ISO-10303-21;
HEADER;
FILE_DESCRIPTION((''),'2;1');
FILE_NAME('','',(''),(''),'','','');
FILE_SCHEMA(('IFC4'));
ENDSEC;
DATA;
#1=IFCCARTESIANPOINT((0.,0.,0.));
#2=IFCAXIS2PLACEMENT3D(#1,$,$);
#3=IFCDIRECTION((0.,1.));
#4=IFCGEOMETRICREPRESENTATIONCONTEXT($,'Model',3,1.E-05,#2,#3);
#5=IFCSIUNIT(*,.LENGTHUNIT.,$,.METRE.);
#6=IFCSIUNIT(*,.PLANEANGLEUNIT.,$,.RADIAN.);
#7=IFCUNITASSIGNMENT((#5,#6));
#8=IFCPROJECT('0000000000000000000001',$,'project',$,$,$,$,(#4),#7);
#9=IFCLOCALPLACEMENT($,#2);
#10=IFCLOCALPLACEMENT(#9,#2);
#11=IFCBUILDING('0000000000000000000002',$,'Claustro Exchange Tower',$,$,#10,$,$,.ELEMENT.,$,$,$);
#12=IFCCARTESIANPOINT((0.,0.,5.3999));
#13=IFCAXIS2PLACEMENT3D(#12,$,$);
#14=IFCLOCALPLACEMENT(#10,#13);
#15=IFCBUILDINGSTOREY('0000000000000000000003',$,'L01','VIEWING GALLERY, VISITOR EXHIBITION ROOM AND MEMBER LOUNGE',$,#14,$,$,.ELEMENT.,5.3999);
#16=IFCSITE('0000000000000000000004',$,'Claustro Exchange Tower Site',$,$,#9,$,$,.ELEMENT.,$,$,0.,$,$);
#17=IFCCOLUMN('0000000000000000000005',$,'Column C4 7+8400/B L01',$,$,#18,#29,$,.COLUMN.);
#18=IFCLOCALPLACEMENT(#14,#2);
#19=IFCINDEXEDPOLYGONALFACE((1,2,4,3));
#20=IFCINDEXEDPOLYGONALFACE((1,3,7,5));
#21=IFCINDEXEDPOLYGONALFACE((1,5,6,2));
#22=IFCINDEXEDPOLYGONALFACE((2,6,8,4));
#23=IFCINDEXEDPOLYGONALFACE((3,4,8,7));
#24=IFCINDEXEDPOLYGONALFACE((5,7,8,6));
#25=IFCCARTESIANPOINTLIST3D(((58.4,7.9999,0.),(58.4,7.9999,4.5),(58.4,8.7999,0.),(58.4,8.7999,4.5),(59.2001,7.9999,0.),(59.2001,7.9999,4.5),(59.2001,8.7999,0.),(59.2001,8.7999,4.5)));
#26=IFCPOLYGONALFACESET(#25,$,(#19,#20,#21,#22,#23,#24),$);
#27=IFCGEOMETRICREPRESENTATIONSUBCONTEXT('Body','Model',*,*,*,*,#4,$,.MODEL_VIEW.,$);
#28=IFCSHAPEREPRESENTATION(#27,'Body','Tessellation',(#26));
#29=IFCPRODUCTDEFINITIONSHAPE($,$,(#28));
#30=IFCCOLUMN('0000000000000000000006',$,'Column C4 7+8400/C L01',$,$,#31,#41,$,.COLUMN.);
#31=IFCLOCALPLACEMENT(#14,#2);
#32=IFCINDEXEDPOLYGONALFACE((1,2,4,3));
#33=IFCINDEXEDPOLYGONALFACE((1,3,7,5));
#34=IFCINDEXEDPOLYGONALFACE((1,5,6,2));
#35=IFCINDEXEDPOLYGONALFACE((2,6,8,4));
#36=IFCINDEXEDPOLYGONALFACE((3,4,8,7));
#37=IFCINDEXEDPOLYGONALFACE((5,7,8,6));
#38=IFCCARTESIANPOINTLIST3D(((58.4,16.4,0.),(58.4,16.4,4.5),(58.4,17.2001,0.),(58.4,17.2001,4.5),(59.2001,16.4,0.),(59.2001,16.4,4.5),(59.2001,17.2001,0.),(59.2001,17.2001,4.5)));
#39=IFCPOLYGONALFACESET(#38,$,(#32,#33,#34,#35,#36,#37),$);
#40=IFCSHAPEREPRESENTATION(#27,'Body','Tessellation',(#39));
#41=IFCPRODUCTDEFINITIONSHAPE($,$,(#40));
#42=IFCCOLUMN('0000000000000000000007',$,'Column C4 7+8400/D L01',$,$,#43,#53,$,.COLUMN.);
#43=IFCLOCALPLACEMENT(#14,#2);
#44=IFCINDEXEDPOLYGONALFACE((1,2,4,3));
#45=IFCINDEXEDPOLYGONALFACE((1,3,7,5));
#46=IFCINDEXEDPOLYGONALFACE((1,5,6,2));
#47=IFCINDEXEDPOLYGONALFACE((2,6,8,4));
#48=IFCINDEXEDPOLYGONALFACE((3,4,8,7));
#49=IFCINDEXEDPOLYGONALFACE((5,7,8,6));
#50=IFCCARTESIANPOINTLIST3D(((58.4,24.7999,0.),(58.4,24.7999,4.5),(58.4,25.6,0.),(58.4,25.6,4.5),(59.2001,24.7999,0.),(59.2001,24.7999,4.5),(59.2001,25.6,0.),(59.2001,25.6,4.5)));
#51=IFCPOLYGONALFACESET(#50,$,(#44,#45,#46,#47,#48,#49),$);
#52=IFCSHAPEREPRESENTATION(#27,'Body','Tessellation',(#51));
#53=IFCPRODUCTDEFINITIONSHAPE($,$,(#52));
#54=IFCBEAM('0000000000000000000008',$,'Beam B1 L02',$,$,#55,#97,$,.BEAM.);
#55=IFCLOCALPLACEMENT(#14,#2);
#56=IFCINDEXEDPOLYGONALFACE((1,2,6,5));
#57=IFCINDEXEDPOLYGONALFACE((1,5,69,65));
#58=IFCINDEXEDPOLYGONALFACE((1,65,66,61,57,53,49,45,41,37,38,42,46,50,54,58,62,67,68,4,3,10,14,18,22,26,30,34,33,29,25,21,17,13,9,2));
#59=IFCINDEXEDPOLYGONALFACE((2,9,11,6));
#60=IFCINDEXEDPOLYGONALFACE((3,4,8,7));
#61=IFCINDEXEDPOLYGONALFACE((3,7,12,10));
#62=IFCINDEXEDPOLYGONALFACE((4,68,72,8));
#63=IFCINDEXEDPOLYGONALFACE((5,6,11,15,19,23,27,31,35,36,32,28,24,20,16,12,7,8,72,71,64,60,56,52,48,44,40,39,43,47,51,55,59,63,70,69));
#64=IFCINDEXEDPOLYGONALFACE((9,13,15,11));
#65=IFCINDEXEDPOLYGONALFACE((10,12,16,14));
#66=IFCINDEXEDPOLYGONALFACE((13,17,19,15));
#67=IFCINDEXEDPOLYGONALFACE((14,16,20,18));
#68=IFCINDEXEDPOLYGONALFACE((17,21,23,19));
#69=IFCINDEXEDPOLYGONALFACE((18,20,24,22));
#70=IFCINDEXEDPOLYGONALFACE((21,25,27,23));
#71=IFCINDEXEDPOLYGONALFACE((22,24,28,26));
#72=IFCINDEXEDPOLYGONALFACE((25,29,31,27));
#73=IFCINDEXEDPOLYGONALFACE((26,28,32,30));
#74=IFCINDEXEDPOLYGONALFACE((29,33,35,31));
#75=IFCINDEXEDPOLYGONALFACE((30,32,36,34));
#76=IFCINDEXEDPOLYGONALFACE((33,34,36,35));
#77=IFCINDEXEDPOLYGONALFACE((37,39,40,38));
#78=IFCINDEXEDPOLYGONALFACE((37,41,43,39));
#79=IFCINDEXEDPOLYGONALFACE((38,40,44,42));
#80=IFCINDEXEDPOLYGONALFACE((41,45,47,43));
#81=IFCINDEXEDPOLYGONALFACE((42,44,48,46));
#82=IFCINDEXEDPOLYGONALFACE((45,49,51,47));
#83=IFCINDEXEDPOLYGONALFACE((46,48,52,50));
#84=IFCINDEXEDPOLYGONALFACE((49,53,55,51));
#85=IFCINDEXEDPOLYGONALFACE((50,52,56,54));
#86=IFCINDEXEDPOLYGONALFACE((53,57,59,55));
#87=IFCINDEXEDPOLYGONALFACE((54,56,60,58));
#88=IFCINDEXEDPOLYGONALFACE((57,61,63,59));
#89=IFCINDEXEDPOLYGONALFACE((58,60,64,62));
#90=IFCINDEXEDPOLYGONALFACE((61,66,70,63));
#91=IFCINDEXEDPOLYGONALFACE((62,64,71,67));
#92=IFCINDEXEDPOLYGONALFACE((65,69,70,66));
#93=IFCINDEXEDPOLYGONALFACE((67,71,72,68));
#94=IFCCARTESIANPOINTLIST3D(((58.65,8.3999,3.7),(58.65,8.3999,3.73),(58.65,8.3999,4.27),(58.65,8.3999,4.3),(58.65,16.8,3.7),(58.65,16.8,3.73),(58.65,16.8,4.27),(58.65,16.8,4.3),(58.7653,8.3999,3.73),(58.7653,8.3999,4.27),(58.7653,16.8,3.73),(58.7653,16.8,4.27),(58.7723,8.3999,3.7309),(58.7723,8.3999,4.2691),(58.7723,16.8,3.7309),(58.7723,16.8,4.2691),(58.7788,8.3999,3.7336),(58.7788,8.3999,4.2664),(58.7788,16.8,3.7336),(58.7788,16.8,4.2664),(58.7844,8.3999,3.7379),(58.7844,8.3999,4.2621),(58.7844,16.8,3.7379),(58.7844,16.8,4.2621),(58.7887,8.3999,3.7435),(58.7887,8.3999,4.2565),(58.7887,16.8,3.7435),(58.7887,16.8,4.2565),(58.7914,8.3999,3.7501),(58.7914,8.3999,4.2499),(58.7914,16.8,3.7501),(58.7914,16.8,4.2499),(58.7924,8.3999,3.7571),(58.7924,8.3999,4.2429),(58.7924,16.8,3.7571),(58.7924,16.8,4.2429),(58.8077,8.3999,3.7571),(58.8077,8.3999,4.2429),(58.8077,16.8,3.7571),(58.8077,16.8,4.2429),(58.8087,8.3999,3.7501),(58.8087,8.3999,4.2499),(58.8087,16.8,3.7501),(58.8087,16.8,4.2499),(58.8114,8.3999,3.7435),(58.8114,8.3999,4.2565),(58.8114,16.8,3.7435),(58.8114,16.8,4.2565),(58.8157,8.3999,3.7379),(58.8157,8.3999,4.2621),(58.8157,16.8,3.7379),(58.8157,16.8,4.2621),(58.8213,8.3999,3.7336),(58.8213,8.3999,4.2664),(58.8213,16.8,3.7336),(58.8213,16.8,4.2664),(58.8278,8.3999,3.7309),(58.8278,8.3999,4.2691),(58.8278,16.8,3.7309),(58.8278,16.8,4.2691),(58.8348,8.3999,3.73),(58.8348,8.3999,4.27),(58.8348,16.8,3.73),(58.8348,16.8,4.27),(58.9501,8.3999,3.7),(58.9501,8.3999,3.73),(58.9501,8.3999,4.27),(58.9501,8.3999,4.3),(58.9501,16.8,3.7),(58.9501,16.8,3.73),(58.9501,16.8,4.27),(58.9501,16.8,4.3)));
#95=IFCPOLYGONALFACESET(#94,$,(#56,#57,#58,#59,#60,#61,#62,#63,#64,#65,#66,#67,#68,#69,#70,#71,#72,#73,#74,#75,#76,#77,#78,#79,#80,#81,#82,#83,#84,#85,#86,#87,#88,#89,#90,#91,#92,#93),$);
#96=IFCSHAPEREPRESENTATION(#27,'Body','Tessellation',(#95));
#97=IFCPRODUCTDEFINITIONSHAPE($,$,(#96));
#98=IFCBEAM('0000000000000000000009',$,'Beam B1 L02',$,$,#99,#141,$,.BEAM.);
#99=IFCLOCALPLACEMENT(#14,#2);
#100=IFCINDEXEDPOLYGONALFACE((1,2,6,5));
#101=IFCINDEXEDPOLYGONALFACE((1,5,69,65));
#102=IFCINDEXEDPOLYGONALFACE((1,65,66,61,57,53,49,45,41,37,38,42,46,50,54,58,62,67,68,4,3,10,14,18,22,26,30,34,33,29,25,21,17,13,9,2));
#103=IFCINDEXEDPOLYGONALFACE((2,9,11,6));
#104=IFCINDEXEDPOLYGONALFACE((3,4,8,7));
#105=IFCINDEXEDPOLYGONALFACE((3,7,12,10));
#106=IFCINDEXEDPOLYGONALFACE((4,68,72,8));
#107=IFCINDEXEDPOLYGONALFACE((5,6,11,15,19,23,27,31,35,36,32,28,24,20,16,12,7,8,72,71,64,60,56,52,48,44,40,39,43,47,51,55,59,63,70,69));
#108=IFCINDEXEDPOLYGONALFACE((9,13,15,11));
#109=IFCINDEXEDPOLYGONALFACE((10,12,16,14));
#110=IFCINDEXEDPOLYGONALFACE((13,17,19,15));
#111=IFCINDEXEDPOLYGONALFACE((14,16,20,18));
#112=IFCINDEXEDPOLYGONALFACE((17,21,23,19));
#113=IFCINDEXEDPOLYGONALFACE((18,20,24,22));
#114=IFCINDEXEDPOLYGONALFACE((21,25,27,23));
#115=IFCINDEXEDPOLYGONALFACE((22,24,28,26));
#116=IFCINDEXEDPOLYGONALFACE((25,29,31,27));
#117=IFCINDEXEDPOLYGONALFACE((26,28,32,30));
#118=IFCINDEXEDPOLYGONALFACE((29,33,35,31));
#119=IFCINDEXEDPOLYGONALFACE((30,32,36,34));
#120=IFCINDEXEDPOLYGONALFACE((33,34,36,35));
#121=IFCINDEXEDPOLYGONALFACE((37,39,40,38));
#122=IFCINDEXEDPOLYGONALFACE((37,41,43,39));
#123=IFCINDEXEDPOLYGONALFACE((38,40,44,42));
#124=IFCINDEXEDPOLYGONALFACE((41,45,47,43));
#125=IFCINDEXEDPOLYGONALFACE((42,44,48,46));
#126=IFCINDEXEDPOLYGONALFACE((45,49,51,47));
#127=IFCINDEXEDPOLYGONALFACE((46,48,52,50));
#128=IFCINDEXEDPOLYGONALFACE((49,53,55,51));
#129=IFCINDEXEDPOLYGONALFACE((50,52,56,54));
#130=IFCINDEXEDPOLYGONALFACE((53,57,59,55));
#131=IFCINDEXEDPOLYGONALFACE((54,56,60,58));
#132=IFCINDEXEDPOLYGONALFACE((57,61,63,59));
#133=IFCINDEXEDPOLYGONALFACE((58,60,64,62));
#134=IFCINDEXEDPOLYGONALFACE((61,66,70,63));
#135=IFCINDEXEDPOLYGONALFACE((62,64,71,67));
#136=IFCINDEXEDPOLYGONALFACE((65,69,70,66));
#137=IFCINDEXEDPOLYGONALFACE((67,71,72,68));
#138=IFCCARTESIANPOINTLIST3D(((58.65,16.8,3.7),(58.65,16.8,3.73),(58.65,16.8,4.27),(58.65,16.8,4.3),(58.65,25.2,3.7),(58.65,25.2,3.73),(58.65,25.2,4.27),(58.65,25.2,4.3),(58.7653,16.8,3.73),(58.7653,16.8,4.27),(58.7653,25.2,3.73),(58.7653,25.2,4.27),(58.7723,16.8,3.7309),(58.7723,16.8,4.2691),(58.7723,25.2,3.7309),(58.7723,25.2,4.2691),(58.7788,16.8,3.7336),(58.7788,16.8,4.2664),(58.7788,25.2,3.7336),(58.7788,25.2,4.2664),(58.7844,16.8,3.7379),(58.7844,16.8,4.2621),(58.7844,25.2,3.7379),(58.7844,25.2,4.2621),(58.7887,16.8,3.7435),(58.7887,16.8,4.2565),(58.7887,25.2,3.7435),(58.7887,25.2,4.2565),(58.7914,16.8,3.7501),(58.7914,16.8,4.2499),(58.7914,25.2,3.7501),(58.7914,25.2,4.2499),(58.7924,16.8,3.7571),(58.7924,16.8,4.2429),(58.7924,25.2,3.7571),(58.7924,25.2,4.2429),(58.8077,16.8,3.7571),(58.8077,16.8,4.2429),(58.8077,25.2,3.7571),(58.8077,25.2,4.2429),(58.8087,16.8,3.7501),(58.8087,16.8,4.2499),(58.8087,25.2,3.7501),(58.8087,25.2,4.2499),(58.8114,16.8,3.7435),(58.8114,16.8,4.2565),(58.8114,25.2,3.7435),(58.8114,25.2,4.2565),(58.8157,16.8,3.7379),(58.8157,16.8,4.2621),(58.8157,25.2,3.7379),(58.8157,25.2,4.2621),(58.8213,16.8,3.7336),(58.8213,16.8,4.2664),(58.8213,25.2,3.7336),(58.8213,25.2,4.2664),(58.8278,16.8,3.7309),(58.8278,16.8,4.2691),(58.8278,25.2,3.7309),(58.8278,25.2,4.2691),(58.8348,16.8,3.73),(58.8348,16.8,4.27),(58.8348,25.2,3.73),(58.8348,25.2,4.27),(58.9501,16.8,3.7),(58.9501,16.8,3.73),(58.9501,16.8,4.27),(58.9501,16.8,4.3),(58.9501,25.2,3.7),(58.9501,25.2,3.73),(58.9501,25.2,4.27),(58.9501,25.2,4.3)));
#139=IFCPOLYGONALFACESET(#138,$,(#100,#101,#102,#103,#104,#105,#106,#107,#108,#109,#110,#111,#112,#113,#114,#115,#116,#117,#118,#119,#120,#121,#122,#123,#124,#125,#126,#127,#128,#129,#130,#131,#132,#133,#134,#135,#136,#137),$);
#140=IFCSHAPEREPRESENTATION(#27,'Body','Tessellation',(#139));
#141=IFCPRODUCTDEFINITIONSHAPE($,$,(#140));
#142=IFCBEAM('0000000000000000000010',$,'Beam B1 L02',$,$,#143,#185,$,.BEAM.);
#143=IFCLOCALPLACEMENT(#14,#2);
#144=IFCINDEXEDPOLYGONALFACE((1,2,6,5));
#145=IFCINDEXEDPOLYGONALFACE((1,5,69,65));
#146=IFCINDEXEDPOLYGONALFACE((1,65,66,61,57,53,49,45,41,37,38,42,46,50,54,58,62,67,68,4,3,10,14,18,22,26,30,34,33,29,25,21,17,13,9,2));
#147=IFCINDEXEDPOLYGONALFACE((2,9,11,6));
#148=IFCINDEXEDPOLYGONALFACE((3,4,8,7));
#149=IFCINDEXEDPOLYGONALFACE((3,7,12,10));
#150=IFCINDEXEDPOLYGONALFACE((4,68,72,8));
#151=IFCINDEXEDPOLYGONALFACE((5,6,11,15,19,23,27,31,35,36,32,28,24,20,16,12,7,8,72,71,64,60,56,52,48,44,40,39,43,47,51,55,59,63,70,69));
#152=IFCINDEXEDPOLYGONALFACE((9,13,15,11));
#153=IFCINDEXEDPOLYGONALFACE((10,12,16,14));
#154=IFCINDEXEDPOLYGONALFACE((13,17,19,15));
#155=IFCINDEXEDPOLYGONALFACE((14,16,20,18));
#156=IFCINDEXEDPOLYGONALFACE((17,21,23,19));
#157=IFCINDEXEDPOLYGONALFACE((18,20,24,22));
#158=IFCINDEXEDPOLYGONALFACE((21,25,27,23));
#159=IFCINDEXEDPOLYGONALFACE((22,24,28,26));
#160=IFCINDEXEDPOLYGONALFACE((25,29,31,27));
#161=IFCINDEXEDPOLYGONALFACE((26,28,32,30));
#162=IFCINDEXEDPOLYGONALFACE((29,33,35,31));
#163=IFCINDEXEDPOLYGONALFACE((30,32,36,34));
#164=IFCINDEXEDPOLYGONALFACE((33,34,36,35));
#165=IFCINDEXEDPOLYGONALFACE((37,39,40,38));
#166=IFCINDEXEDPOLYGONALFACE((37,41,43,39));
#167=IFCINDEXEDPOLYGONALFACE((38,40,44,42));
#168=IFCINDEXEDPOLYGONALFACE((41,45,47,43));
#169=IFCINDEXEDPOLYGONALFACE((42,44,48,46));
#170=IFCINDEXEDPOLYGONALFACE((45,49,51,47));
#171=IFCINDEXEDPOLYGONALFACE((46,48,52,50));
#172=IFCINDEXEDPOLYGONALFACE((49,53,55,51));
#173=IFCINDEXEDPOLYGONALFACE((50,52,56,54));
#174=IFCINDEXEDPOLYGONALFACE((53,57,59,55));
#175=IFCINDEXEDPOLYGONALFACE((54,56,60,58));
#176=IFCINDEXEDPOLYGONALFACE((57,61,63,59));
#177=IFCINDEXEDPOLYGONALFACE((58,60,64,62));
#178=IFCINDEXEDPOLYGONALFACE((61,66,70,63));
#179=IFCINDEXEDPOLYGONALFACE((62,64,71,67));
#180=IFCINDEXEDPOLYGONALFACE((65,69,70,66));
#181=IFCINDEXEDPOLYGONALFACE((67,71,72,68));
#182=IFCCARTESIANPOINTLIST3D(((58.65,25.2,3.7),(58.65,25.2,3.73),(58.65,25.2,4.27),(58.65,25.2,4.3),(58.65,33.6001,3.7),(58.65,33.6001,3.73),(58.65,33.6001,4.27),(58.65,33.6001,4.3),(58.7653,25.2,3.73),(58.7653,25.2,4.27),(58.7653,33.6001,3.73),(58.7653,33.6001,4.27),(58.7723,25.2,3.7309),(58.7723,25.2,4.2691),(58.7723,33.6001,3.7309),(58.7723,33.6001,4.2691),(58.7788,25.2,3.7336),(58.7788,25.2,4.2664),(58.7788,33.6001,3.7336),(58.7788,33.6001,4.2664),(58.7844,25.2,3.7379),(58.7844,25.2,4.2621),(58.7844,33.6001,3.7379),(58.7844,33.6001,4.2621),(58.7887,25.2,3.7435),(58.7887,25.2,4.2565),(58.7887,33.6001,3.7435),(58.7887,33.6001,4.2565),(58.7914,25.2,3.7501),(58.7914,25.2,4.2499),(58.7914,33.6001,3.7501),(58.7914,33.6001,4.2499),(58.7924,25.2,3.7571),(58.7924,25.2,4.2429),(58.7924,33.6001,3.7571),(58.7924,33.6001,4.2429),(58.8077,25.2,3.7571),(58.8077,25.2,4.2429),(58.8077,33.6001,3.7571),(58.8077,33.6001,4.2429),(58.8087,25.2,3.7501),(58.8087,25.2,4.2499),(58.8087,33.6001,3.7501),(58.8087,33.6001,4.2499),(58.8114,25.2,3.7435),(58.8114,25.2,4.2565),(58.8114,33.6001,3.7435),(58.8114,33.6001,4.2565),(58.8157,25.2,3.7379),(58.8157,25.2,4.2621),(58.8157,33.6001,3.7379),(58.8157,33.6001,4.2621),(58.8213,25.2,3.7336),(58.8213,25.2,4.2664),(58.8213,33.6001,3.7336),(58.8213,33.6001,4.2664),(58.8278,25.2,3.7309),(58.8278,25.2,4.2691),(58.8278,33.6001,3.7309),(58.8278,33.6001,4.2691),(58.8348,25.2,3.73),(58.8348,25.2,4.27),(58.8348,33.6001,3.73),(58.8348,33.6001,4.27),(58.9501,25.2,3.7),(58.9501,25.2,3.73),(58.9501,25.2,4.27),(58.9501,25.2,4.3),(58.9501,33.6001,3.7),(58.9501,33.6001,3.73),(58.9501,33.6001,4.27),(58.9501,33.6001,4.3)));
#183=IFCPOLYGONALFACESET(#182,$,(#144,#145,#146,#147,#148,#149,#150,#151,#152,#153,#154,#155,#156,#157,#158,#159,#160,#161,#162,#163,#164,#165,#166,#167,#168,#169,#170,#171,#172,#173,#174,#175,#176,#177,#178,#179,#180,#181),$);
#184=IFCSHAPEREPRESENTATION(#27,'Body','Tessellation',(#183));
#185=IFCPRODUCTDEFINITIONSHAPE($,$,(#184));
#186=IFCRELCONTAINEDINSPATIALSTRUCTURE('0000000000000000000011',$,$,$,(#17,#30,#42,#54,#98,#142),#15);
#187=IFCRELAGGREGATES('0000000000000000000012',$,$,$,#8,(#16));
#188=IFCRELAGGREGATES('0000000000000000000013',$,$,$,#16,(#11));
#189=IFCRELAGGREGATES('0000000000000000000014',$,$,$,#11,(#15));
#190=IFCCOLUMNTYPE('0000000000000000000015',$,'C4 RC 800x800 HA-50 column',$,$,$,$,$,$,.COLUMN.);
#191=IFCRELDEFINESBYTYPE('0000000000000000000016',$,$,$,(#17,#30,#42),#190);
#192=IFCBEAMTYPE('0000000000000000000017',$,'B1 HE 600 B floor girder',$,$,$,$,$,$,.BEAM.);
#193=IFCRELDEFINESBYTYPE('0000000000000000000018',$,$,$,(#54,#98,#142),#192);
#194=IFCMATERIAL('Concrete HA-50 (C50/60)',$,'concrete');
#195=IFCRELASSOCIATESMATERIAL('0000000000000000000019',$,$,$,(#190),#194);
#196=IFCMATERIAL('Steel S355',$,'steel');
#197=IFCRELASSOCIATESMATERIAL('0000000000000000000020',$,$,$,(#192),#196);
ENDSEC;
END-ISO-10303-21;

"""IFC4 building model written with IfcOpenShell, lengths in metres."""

from ifc_helpers import new_model, si_unit, direction, frame, origin, origin_2d, place, context, subcontext, project, spatial, rectangle, i_section, extrude, material, material_profile, profile_set, type_object, element, save


model = new_model("IFC4")

# Units and contexts
model_context = context("Model", 3, precision=1e-05, world=origin(), true_north=direction((0.0, 1.0)))
body_context = subcontext(model_context, "Body", "Model", "MODEL_VIEW")
ifc_project = project(units=[si_unit("LENGTHUNIT", "METRE"), si_unit("PLANEANGLEUNIT", "RADIAN")], contexts=[model_context])

# Site, building, storey
site_placement = place(None, origin())
site = spatial("IfcSite", under=ifc_project, at=site_placement, Name="Claustro Exchange Tower Site", CompositionType="ELEMENT", RefElevation=0.0)
building_placement = place(site_placement, origin())
building = spatial("IfcBuilding", under=site, at=building_placement, Name="Claustro Exchange Tower", CompositionType="ELEMENT")
storey_placement = place(building_placement, frame((0.0, 0.0, 5.3999)))
storey = spatial("IfcBuildingStorey", under=building, at=storey_placement, Name="L01", Description="VIEWING GALLERY, VISITOR EXHIBITION ROOM AND MEMBER LOUNGE", CompositionType="ELEMENT", Elevation=5.3999)

# Columns
ifc_material_1 = material(Name="Concrete HA-50 (C50/60)", Category="concrete")
ifc_material_profile_1 = material_profile(ifc_material_1, rectangle(XDim=0.8, YDim=0.8, at=origin_2d()), Name="RC 800x800")
ifc_profile_set_1 = profile_set([ifc_material_profile_1], Name="Concrete HA-50 (C50/60)")
column_type = type_object("IfcColumnType", Name="C4 RC 800x800 HA-50 column", PredefinedType="COLUMN", material=ifc_profile_set_1)
for number, where, z_axis, x_axis, name in (
    (1, (58.8, 8.3999, 0.0), (0.0, 0.0, 1.0), (1.0, 0.0, 0.0), "Column C4 7+8400/B L01"),
    (2, (58.8, 16.8, 0.0), (0.0, 0.0, 1.0), (1.0, 0.0, 0.0), "Column C4 7+8400/C L01"),
    (3, (58.8, 25.2, 0.0), (0.0, 0.0, 1.0), (1.0, 0.0, 0.0), "Column C4 7+8400/D L01"),
):
    element("IfcColumn", number, at=place(storey_placement, frame(where, z_axis=z_axis, x_axis=x_axis)), inside=storey, type_object=column_type, Name=name, PredefinedType="COLUMN", context=body_context, shape_type="SweptSolid", body=[
        extrude(rectangle(XDim=0.8, YDim=0.8, at=origin_2d()), origin(), (0.0, 0.0, 1.0), 4.5),
    ])

# Beams
ifc_material_2 = material(Name="Steel S355", Category="steel")
ifc_material_profile_2 = material_profile(ifc_material_2, i_section(OverallWidth=0.3, OverallDepth=0.6001, WebThickness=0.0154, FlangeThickness=0.03, FilletRadius=0.0271, at=origin_2d()), Name="HE 600 B")
ifc_profile_set_2 = profile_set([ifc_material_profile_2], Name="Steel S355")
beam_type_1 = type_object("IfcBeamType", Name="B1 HE 600 B floor girder", PredefinedType="BEAM", material=ifc_profile_set_2)
beam_1_placement = place(storey_placement, frame((58.8, 8.3999, 4.0), z_axis=(0.0, 1.0, 0.0), x_axis=(-1.0, 0.0, 0.0)))
element("IfcBeam", 4, at=beam_1_placement, inside=storey, type_object=beam_type_1, Name="Beam B1 L02", PredefinedType="BEAM", context=body_context, shape_type="SweptSolid", body=[
    extrude(i_section(OverallWidth=0.3, OverallDepth=0.6001, WebThickness=0.0154, FlangeThickness=0.03, FilletRadius=0.0271, at=origin_2d()), origin(), (0.0, 0.0, 1.0), 8.4001),
])
beam_2_placement = place(storey_placement, frame((58.8, 16.8, 4.0), z_axis=(0.0, 1.0, 0.0), x_axis=(-1.0, 0.0, 0.0)))
element("IfcBeam", 5, at=beam_2_placement, inside=storey, type_object=beam_type_1, Name="Beam B1 L02", PredefinedType="BEAM", context=body_context, shape_type="SweptSolid", body=[
    extrude(i_section(OverallWidth=0.3, OverallDepth=0.6001, WebThickness=0.0154, FlangeThickness=0.03, FilletRadius=0.0271, at=origin_2d()), origin(), (0.0, 0.0, 1.0), 8.3999),
])
for number, where, z_axis, x_axis, name in (
    (6, (58.8, 25.2, 4.0), (0.0, 1.0, 0.0), (-1.0, 0.0, 0.0), "Beam B1 L02"),
):
    element("IfcBeam", number, at=place(storey_placement, frame(where, z_axis=z_axis, x_axis=x_axis)), inside=storey, type_object=beam_type_1, Name=name, PredefinedType="BEAM", context=body_context, shape_type="SweptSolid", body=[
        extrude(i_section(OverallWidth=0.3, OverallDepth=0.6001, WebThickness=0.0154, FlangeThickness=0.03, FilletRadius=0.0271, at=origin_2d()), origin(), (0.0, 0.0, 1.0), 8.4001),
    ])

save(model, "model.ifc")
